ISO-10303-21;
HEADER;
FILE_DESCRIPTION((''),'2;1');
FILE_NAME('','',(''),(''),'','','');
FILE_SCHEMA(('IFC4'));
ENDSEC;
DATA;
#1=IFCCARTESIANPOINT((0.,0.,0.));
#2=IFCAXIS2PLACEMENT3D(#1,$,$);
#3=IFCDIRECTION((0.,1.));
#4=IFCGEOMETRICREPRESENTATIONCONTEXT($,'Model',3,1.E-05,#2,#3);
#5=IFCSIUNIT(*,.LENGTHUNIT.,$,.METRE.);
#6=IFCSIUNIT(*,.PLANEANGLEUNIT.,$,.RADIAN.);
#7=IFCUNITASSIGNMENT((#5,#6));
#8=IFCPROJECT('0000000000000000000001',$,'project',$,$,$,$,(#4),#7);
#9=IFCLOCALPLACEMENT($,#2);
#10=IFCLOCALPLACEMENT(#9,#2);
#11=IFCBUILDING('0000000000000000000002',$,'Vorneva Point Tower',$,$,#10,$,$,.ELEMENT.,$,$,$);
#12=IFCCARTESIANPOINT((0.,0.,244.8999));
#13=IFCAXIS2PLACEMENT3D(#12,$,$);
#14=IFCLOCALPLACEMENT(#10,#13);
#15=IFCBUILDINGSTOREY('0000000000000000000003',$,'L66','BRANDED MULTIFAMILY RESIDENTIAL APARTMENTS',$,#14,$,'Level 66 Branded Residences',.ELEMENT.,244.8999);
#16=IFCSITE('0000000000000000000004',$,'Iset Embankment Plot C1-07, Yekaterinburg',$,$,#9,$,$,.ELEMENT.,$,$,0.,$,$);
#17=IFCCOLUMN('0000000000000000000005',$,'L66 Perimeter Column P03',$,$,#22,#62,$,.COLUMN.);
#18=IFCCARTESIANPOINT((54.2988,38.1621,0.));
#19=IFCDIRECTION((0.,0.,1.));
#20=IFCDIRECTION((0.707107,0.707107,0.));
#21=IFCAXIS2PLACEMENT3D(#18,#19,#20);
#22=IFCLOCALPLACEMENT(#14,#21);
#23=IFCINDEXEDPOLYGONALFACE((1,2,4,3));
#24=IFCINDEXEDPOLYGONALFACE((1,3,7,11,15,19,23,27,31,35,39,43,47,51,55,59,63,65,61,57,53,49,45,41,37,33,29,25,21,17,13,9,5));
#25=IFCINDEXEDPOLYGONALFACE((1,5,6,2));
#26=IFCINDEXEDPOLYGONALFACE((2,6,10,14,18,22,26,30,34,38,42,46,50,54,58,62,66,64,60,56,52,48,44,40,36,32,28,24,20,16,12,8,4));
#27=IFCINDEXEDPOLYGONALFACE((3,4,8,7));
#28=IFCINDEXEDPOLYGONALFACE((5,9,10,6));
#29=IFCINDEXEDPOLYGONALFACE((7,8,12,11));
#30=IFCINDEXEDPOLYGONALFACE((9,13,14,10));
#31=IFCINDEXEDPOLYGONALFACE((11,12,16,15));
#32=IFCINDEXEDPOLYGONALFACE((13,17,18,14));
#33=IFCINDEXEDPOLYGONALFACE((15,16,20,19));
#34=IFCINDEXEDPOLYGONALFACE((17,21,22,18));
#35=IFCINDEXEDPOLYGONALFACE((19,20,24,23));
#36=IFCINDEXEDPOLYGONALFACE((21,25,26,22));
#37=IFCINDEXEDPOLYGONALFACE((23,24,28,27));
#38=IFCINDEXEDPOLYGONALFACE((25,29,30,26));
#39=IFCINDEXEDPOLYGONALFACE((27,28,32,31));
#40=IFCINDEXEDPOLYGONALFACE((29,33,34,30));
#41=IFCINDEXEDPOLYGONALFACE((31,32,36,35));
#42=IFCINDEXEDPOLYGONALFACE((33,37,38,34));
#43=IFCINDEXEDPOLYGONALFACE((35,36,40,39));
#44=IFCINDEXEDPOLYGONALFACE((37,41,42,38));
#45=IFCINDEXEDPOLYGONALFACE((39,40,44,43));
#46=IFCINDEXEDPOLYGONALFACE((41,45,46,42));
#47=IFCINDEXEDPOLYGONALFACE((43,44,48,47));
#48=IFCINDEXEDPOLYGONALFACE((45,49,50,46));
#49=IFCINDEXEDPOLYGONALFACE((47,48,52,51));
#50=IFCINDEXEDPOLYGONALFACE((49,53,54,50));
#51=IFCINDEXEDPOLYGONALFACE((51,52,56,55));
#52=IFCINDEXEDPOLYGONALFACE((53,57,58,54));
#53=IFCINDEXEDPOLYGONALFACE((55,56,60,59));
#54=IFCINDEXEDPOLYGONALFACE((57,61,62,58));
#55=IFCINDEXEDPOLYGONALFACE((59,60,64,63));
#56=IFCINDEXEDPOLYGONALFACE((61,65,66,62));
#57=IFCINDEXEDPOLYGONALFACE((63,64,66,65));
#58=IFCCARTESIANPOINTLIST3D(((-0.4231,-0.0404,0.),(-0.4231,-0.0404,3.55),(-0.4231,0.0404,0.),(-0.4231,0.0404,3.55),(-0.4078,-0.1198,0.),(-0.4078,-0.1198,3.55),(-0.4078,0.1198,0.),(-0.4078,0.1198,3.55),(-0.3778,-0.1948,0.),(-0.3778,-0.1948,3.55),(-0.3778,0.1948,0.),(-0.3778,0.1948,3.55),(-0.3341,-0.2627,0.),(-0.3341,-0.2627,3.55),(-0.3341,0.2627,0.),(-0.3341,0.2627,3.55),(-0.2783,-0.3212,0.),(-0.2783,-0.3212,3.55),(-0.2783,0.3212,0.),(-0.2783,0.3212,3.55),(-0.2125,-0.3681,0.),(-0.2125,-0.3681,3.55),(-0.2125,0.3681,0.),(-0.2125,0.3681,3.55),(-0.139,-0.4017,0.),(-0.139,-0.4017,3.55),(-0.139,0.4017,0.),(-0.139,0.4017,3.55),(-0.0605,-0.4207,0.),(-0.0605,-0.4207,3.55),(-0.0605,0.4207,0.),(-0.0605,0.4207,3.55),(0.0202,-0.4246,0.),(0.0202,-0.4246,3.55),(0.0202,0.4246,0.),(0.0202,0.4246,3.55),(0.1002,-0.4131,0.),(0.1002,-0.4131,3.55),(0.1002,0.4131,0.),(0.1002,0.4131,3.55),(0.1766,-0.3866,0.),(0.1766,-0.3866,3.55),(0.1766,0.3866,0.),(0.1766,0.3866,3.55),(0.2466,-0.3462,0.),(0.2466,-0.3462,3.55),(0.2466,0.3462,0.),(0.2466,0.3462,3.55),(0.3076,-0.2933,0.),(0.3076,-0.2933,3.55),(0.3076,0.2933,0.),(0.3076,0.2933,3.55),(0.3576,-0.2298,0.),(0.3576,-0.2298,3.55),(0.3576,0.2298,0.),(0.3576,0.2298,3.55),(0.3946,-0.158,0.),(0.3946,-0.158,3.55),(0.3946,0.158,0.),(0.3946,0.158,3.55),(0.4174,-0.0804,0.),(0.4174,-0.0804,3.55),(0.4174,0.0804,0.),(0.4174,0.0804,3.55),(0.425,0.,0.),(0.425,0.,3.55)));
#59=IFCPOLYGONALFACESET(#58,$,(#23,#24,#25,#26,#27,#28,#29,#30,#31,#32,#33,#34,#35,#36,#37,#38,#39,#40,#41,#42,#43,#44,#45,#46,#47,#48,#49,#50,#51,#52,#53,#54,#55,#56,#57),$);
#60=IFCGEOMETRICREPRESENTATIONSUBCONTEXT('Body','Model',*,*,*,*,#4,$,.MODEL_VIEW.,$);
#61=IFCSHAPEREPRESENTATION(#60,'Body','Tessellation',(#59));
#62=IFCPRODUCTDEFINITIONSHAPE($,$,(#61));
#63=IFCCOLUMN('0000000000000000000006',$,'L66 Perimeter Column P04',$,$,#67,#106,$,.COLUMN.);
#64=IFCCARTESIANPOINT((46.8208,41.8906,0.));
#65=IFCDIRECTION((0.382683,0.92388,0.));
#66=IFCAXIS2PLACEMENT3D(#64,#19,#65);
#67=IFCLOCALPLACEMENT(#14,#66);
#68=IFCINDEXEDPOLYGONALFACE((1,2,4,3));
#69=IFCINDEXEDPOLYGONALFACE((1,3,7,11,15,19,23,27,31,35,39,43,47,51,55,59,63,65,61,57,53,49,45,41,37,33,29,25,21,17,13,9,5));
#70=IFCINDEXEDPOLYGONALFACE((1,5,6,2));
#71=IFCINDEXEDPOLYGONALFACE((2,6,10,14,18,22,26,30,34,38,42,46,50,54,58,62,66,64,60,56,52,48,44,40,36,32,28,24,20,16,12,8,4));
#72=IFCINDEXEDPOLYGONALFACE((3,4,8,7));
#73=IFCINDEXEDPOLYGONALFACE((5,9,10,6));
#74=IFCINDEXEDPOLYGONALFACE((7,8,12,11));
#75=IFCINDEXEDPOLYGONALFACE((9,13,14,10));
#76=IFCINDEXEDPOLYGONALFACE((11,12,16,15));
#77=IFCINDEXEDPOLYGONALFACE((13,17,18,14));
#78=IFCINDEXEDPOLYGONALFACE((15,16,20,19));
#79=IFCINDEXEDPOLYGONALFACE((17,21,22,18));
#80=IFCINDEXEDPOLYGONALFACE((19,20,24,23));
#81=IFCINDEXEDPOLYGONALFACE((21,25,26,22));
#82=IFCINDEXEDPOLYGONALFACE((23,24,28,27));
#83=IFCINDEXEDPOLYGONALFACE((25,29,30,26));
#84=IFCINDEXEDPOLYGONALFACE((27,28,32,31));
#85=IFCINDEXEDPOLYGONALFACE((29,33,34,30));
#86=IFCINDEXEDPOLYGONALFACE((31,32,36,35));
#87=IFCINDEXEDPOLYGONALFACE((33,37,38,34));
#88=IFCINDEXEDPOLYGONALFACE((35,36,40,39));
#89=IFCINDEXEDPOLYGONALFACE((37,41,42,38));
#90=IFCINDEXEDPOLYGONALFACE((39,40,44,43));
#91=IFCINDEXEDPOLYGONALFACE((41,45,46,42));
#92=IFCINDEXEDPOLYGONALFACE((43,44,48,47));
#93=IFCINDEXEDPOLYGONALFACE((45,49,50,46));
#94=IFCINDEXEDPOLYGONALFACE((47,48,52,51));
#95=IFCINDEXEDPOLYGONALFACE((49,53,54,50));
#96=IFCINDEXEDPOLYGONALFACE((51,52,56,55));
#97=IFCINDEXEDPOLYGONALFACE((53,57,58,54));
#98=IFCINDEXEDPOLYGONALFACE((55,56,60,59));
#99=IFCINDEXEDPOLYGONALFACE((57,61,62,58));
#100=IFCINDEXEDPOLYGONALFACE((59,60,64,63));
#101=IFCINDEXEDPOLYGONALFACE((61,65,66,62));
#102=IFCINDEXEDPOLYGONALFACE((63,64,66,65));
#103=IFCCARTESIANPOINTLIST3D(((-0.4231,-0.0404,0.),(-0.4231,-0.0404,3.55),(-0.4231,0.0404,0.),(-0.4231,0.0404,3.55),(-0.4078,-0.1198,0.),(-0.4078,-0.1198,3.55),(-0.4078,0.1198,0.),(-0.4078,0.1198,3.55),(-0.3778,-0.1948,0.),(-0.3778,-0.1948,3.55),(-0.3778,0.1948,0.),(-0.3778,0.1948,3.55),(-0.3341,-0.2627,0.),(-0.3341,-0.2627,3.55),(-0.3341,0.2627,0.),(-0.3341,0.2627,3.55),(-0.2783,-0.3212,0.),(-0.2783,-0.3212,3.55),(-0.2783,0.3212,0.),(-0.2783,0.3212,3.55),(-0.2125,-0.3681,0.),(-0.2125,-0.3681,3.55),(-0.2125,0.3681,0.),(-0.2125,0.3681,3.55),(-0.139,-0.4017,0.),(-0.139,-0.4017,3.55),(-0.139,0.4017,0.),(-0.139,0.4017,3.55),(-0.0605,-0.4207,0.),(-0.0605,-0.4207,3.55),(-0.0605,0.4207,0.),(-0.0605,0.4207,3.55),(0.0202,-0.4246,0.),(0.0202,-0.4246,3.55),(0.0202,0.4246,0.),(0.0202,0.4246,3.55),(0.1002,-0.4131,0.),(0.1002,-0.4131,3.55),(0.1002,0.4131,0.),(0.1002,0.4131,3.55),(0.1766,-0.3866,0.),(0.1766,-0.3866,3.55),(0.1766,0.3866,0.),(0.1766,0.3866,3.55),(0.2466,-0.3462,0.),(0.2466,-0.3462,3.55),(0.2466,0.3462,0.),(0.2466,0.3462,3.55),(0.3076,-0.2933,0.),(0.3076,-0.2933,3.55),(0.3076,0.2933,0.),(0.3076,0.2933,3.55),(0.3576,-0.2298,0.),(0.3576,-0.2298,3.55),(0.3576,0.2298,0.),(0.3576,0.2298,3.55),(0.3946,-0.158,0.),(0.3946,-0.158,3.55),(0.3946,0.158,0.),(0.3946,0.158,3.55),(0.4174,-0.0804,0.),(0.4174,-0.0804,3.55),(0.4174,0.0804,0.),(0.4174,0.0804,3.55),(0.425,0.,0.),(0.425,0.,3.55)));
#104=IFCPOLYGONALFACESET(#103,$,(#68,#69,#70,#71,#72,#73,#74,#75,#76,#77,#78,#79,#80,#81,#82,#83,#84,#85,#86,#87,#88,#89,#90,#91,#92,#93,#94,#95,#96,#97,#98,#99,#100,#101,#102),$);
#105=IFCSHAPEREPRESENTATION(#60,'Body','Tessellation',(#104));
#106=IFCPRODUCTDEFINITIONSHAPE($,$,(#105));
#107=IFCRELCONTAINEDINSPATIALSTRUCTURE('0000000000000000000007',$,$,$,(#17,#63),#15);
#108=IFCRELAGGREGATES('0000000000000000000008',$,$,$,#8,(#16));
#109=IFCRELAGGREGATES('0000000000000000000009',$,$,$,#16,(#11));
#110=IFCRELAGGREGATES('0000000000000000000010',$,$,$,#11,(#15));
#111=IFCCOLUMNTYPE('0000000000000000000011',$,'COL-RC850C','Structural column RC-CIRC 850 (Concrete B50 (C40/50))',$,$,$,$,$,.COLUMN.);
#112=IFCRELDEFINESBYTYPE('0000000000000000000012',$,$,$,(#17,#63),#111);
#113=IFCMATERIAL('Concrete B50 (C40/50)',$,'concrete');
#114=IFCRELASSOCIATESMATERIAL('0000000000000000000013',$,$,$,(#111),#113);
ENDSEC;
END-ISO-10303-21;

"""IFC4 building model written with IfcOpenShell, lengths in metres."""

from ifc_helpers import new_model, si_unit, direction, frame, origin, origin_2d, place, context, subcontext, project, spatial, circle, extrude, material, material_profile, profile_set, type_object, element, save


model = new_model("IFC4")

# Units and contexts
model_context = context("Model", 3, precision=1e-05, world=origin(), true_north=direction((0.0, 1.0)))
body_context = subcontext(model_context, "Body", "Model", "MODEL_VIEW")
ifc_project = project(units=[si_unit("LENGTHUNIT", "METRE"), si_unit("PLANEANGLEUNIT", "RADIAN")], contexts=[model_context])

# Site, building, storey
site_placement = place(None, origin())
site = spatial("IfcSite", under=ifc_project, at=site_placement, Name="Iset Embankment Plot C1-07, Yekaterinburg", CompositionType="ELEMENT", RefElevation=0.0)
building_placement = place(site_placement, origin())
building = spatial("IfcBuilding", under=site, at=building_placement, Name="Vorneva Point Tower", CompositionType="ELEMENT")
storey_placement = place(building_placement, frame((0.0, 0.0, 244.8999)))
storey = spatial("IfcBuildingStorey", under=building, at=storey_placement, Name="L66", Description="BRANDED MULTIFAMILY RESIDENTIAL APARTMENTS", LongName="Level 66 Branded Residences", CompositionType="ELEMENT", Elevation=244.8999)

# Columns
ifc_material_1 = material(Name="Concrete B50 (C40/50)", Category="concrete")
ifc_material_profile_1 = material_profile(ifc_material_1, circle(Radius=0.425, at=origin_2d()), Name="RC-CIRC 850")
ifc_profile_set_1 = profile_set([ifc_material_profile_1], Name="Concrete B50 (C40/50)")
column_type = type_object("IfcColumnType", Name="COL-RC850C", Description="Structural column RC-CIRC 850 (Concrete B50 (C40/50))", PredefinedType="COLUMN", material=ifc_profile_set_1)
for number, where, z_axis, x_axis, name in (
    (1, (54.2988, 38.1621, 0.0), (0.0, 0.0, 1.0), (0.707107, 0.707107, 0.0), "L66 Perimeter Column P03"),
    (2, (46.8208, 41.8906, 0.0), (0.0, 0.0, 1.0), (0.382683, 0.92388, 0.0), "L66 Perimeter Column P04"),
):
    element("IfcColumn", number, at=place(storey_placement, frame(where, z_axis=z_axis, x_axis=x_axis)), inside=storey, type_object=column_type, Name=name, PredefinedType="COLUMN", context=body_context, shape_type="SweptSolid", body=[
        extrude(circle(Radius=0.425, at=origin_2d()), origin(), (0.0, 0.0, 1.0), 3.55),
    ])

save(model, "model.ifc")
